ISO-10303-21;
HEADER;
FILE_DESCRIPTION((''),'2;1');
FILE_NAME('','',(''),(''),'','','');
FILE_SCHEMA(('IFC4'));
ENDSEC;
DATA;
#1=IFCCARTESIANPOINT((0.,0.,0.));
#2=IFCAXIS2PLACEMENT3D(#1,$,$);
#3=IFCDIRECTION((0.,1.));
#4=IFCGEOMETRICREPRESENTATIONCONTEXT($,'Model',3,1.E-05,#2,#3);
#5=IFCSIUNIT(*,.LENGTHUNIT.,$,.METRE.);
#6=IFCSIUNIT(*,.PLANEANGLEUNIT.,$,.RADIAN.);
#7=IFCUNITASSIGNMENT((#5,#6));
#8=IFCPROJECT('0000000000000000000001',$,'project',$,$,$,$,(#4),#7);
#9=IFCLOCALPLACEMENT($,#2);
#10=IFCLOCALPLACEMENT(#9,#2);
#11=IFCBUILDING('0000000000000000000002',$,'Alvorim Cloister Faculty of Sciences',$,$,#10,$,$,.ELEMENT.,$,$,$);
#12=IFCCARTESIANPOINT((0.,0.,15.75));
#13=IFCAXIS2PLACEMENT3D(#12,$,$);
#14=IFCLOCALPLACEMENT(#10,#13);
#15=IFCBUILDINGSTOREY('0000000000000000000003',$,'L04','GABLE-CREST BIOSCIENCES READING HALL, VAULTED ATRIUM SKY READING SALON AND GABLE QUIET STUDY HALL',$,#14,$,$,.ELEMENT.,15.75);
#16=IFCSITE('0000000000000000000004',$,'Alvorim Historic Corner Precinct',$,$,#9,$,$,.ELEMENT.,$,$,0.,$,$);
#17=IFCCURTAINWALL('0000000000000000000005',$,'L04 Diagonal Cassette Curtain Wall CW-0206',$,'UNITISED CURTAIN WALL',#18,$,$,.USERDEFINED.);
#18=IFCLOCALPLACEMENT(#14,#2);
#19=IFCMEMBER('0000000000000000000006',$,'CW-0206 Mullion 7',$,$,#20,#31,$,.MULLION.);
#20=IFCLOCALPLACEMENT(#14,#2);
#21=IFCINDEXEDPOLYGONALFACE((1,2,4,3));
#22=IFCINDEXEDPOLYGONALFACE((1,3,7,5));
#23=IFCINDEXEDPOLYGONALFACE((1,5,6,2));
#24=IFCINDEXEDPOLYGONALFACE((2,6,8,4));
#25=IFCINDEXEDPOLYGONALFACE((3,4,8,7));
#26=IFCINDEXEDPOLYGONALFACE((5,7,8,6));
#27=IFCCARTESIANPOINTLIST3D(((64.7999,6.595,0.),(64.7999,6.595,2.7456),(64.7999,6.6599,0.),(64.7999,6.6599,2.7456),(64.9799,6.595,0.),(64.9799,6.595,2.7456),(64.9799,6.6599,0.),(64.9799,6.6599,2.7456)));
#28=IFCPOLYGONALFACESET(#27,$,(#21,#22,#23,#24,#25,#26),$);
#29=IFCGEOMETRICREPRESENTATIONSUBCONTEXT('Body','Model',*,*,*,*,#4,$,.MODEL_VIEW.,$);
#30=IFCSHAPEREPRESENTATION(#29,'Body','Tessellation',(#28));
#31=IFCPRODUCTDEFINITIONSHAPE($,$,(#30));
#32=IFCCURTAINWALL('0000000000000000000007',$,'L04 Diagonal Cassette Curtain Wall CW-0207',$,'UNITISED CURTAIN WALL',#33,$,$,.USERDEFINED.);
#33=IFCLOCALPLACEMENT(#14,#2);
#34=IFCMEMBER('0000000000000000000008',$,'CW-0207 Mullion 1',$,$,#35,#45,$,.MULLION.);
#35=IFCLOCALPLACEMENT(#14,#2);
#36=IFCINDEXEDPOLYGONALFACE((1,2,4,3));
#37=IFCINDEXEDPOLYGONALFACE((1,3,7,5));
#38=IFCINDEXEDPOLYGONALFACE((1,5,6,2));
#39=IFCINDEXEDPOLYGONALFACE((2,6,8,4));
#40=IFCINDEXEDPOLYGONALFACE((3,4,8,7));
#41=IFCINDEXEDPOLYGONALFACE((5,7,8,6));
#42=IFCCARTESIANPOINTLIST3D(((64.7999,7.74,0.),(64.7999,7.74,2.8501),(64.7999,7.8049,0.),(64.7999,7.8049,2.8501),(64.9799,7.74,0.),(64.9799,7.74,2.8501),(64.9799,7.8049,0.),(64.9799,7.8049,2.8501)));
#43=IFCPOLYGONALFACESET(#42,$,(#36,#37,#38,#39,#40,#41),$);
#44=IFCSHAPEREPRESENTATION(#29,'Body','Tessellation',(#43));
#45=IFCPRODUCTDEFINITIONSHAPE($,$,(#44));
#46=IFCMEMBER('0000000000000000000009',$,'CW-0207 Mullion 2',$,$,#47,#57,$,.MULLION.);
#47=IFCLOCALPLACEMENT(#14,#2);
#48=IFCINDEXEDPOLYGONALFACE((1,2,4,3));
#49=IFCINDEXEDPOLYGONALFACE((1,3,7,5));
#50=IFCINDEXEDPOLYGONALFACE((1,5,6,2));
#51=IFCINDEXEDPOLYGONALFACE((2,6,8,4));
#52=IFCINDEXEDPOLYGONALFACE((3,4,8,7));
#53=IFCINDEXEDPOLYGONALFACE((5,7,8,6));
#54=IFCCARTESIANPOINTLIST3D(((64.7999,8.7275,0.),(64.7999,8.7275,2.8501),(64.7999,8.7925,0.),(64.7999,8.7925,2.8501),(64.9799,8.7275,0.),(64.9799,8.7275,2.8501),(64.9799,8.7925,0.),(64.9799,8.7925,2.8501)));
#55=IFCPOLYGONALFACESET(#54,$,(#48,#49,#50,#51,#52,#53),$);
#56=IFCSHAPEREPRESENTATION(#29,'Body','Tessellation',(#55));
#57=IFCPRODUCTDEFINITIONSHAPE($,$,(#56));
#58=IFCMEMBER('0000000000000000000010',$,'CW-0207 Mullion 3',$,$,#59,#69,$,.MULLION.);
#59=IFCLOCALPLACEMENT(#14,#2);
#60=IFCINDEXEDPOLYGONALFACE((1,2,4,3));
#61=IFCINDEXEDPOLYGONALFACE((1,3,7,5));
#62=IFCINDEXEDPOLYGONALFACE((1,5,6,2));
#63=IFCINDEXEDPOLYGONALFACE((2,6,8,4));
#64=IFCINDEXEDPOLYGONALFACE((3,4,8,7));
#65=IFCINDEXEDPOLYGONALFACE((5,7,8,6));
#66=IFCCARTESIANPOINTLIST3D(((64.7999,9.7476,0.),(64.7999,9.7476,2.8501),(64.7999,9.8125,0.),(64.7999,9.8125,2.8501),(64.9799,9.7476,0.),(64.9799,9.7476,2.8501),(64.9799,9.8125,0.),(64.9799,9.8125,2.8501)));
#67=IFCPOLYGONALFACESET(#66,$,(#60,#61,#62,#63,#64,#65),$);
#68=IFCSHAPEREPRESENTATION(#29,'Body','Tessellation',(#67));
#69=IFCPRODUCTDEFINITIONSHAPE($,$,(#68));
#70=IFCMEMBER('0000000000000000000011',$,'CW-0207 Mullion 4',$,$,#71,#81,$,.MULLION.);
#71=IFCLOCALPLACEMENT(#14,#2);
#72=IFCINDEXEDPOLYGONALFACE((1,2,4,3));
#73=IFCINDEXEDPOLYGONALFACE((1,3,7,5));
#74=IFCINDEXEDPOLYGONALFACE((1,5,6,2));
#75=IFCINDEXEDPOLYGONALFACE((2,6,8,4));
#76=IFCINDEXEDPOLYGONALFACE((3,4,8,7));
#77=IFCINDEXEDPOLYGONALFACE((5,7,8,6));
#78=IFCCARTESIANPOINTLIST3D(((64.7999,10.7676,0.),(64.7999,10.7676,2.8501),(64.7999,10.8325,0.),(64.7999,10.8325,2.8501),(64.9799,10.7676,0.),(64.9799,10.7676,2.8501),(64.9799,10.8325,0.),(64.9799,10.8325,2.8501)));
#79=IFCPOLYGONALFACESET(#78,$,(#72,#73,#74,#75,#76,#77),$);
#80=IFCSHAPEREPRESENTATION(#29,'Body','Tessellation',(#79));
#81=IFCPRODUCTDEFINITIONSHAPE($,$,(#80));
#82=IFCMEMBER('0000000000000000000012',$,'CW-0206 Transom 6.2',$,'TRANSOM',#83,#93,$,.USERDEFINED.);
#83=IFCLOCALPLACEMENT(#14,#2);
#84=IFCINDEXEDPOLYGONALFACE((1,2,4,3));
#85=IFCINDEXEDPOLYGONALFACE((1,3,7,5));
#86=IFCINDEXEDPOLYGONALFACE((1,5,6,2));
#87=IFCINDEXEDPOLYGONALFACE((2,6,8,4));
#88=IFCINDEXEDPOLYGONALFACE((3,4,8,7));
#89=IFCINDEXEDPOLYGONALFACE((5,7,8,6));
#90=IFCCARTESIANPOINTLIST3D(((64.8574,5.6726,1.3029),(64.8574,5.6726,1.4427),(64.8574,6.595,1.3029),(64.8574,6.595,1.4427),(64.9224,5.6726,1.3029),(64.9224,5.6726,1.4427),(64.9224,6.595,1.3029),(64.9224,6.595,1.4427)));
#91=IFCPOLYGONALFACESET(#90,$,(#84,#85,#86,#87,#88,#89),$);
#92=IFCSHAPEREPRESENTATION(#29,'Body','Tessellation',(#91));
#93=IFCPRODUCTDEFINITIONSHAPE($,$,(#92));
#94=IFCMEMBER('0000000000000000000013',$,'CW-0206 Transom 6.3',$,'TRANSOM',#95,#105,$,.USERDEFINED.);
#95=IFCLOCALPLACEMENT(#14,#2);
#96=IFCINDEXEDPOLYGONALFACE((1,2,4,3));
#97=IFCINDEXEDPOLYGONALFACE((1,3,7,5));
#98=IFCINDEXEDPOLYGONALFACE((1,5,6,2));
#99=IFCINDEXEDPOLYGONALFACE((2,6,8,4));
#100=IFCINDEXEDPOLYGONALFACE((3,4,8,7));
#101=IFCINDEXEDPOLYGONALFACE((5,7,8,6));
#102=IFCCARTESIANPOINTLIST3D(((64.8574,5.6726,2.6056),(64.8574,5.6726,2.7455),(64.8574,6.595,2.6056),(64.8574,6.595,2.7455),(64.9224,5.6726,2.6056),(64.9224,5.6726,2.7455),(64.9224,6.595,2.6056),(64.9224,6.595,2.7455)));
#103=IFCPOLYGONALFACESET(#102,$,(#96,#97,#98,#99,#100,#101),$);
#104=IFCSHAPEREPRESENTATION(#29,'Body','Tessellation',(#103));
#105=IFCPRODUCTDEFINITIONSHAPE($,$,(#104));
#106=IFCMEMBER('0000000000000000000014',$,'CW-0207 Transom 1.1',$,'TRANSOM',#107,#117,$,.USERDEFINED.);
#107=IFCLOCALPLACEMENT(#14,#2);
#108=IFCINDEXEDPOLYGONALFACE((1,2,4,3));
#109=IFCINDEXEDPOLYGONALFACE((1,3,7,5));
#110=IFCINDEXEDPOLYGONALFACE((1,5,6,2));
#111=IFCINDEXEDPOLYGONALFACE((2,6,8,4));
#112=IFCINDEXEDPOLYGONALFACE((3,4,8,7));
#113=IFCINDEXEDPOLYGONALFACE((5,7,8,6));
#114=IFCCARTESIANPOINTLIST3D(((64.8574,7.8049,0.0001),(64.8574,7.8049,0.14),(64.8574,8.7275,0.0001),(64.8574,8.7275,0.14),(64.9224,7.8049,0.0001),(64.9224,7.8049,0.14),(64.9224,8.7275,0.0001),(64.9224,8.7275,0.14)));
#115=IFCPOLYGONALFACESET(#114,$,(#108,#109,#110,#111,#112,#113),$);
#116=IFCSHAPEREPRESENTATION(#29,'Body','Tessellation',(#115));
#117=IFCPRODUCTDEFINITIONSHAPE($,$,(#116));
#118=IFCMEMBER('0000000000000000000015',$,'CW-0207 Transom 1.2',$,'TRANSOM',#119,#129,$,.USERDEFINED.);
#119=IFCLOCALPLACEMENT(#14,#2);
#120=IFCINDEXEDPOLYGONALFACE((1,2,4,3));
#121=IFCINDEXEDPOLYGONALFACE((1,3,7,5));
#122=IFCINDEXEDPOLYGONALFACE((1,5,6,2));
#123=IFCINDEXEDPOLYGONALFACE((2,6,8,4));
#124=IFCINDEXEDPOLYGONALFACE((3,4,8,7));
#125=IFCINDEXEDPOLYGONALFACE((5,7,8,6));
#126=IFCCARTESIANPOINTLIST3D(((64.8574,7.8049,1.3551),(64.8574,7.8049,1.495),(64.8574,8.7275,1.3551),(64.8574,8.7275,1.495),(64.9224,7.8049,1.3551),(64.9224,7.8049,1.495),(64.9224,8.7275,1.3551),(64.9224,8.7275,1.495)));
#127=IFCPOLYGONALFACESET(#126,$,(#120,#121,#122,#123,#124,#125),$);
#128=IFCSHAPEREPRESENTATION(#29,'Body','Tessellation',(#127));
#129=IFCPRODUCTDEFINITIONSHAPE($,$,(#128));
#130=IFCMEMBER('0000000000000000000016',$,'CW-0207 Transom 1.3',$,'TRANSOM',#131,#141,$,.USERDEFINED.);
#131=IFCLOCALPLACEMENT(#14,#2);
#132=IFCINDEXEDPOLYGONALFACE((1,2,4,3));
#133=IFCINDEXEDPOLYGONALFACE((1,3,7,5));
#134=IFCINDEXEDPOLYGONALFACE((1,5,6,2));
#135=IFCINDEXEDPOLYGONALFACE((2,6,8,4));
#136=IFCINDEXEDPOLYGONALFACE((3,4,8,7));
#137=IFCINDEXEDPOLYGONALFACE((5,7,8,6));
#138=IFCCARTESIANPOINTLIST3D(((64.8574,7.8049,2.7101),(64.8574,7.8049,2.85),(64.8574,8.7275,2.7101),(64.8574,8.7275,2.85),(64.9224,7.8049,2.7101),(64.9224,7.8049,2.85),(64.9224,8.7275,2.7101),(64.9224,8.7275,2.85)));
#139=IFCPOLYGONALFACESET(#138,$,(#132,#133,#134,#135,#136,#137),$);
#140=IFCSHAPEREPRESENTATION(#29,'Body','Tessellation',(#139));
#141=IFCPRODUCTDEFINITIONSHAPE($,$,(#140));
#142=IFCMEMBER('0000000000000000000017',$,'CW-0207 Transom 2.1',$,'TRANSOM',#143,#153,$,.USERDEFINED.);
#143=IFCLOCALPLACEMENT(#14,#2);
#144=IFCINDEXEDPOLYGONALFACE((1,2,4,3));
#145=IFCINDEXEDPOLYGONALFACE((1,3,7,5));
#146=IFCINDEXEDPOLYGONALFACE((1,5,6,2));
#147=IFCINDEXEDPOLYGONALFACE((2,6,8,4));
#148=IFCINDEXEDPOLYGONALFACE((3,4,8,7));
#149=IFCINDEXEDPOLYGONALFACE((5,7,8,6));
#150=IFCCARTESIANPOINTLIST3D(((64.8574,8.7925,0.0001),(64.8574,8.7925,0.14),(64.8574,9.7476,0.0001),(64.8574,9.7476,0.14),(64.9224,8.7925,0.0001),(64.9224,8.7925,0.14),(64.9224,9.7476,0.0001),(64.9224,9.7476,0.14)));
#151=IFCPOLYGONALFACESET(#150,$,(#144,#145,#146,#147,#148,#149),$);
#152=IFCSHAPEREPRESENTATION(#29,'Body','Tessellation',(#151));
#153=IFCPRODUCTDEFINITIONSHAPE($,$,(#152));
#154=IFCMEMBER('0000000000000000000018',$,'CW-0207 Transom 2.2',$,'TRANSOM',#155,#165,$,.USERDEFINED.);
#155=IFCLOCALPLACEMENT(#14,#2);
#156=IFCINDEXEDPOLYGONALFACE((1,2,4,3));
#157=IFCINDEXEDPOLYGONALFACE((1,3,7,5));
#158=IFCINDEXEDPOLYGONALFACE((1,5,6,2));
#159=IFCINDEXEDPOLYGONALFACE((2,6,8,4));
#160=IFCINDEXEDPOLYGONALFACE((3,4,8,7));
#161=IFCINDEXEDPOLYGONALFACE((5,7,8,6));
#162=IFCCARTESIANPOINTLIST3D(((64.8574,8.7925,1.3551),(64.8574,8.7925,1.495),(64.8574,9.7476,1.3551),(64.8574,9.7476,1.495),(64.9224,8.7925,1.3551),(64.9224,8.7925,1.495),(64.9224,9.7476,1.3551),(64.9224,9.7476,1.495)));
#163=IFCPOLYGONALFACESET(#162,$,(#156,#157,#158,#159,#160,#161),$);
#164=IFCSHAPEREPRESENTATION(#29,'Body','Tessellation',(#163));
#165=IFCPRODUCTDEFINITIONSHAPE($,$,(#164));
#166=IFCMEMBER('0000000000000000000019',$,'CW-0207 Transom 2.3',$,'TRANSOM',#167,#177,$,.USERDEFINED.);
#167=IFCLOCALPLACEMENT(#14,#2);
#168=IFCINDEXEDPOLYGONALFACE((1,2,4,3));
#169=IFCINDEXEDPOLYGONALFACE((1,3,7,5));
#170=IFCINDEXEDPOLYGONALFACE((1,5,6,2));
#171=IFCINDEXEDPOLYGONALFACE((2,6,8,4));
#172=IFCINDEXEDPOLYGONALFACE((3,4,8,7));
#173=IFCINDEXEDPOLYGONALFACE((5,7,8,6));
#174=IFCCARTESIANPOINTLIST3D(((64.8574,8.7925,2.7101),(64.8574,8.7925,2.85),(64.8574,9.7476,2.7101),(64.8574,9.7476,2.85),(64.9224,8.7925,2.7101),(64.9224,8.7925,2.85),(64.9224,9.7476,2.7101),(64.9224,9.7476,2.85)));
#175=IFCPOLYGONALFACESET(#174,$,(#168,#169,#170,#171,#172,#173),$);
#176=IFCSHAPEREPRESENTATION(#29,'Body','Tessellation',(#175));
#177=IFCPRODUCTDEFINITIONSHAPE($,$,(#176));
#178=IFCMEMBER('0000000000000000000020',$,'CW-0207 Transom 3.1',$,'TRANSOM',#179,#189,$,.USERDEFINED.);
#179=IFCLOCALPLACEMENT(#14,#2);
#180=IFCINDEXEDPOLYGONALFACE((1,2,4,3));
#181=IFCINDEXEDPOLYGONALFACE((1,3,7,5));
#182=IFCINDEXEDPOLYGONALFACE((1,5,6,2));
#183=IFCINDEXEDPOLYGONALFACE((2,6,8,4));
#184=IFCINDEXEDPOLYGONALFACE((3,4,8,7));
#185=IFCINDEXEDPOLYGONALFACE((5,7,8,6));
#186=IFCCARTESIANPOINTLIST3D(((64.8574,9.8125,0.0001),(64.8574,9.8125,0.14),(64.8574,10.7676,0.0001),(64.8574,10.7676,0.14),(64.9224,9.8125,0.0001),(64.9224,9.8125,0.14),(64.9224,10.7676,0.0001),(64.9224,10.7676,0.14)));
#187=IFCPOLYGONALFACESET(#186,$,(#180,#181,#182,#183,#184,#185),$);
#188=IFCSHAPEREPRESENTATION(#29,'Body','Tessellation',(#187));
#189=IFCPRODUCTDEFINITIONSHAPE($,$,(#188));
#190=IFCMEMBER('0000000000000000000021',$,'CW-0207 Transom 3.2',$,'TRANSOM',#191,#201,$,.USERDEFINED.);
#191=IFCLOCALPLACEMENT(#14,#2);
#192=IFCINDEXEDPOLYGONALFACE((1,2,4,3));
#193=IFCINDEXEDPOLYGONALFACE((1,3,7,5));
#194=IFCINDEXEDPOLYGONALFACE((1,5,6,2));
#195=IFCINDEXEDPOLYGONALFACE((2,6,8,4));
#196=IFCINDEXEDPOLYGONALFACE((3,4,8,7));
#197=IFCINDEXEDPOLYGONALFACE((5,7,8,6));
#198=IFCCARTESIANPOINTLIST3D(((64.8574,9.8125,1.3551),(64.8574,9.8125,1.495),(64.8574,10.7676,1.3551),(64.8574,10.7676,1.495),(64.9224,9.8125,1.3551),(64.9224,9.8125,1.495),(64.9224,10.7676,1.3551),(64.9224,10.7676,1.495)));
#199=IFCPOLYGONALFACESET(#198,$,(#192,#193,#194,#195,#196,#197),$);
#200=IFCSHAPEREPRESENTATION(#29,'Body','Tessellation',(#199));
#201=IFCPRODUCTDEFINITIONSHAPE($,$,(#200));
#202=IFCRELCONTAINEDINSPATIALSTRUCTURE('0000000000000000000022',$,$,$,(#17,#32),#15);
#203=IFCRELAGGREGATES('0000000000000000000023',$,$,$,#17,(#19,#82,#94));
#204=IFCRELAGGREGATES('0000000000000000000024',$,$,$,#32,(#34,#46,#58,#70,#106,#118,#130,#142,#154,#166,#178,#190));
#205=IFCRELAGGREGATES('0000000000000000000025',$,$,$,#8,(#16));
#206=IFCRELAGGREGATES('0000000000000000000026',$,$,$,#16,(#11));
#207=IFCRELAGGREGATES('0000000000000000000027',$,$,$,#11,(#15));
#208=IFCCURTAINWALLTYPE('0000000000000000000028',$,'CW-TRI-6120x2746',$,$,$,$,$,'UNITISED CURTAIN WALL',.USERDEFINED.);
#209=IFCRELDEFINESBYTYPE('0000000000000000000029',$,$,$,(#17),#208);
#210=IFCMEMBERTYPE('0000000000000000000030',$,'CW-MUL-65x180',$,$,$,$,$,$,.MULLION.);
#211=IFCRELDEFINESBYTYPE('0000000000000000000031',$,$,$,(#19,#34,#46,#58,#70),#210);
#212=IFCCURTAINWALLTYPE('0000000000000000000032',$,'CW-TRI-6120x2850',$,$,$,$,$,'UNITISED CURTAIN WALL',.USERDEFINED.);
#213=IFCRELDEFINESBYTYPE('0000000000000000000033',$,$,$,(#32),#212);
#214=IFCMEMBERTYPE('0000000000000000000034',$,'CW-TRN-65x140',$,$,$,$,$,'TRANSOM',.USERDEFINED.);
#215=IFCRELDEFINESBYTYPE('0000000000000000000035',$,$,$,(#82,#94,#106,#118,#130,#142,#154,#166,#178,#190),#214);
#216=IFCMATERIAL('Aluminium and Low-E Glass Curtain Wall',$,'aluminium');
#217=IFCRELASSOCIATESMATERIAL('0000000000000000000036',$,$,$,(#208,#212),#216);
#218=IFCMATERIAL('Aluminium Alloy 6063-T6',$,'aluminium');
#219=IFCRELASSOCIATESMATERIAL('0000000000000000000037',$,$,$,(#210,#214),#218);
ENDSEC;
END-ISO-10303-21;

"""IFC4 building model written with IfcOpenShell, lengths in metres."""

from ifc_helpers import new_model, si_unit, direction, frame, origin, origin_2d, place, context, subcontext, project, spatial, rectangle, extrude, material, material_profile, profile_set, type_object, element, aggregate, save


model = new_model("IFC4")

# Units and contexts
model_context = context("Model", 3, precision=1e-05, world=origin(), true_north=direction((0.0, 1.0)))
body_context = subcontext(model_context, "Body", "Model", "MODEL_VIEW")
ifc_project = project(units=[si_unit("LENGTHUNIT", "METRE"), si_unit("PLANEANGLEUNIT", "RADIAN")], contexts=[model_context])

# Site, building, storey
site_placement = place(None, origin())
site = spatial("IfcSite", under=ifc_project, at=site_placement, Name="Alvorim Historic Corner Precinct", CompositionType="ELEMENT", RefElevation=0.0)
building_placement = place(site_placement, origin())
building = spatial("IfcBuilding", under=site, at=building_placement, Name="Alvorim Cloister Faculty of Sciences", CompositionType="ELEMENT")
storey_placement = place(building_placement, frame((0.0, 0.0, 15.75)))
storey = spatial("IfcBuildingStorey", under=building, at=storey_placement, Name="L04", Description="GABLE-CREST BIOSCIENCES READING HALL, VAULTED ATRIUM SKY READING SALON AND GABLE QUIET STUDY HALL", CompositionType="ELEMENT", Elevation=15.75)

# Curtain wall, member
ifc_material_1 = material(Name="Aluminium and Low-E Glass Curtain Wall", Category="aluminium")
curtain_wall_type_1 = type_object("IfcCurtainWallType", Name="CW-TRI-6120x2746", ElementType="UNITISED CURTAIN WALL", PredefinedType="USERDEFINED", material=ifc_material_1)
curtain_wall_1_placement = place(storey_placement, origin())
curtain_wall_1 = element("IfcCurtainWall", 1, at=curtain_wall_1_placement, inside=storey, type_object=curtain_wall_type_1, Name="L04 Diagonal Cassette Curtain Wall CW-0206", ObjectType="UNITISED CURTAIN WALL", PredefinedType="USERDEFINED")
ifc_material_2 = material(Name="Aluminium Alloy 6063-T6", Category="aluminium")
ifc_material_profile_1 = material_profile(ifc_material_2, rectangle(XDim=0.0649, YDim=0.1799, at=origin_2d()), Name="ALU-MUL-65x180")
ifc_profile_set_1 = profile_set([ifc_material_profile_1], Name="Aluminium Alloy 6063-T6")
member_type_1 = type_object("IfcMemberType", Name="CW-MUL-65x180", PredefinedType="MULLION", material=ifc_profile_set_1)
member_1_placement = place(storey_placement, frame((64.8899, 6.6274, 0.0), z_axis=(0.0, 0.0, 1.0), x_axis=(0.0, 1.0, 0.0)))
member_1 = element("IfcMember", 2, at=member_1_placement, type_object=member_type_1, Name="CW-0206 Mullion 7", PredefinedType="MULLION", context=body_context, shape_type="SweptSolid", body=[
    extrude(rectangle(XDim=0.0649, YDim=0.1799, at=origin_2d()), origin(), (0.0, 0.0, 1.0), 2.7456),
])

# Curtain wall, members
curtain_wall_type_2 = type_object("IfcCurtainWallType", Name="CW-TRI-6120x2850", ElementType="UNITISED CURTAIN WALL", PredefinedType="USERDEFINED", material=ifc_material_1)
curtain_wall_2_placement = place(storey_placement, origin())
curtain_wall_2 = element("IfcCurtainWall", 3, at=curtain_wall_2_placement, inside=storey, type_object=curtain_wall_type_2, Name="L04 Diagonal Cassette Curtain Wall CW-0207", ObjectType="UNITISED CURTAIN WALL", PredefinedType="USERDEFINED")
member_2_placement = place(storey_placement, frame((64.8899, 7.7725, 0.0), z_axis=(0.0, 0.0, 1.0), x_axis=(0.0, 1.0, 0.0)))
member_2 = element("IfcMember", 4, at=member_2_placement, type_object=member_type_1, Name="CW-0207 Mullion 1", PredefinedType="MULLION", context=body_context, shape_type="SweptSolid", body=[
    extrude(rectangle(XDim=0.0649, YDim=0.1799, at=origin_2d()), origin(), (0.0, 0.0, 1.0), 2.8501),
])
member_3_placement = place(storey_placement, frame((64.8899, 8.76, 0.0), z_axis=(0.0, 0.0, 1.0), x_axis=(0.0, 1.0, 0.0)))
member_3 = element("IfcMember", 5, at=member_3_placement, type_object=member_type_1, Name="CW-0207 Mullion 2", PredefinedType="MULLION", context=body_context, shape_type="SweptSolid", body=[
    extrude(rectangle(XDim=0.0649, YDim=0.1799, at=origin_2d()), origin(), (0.0, 0.0, 1.0), 2.8501),
])
member_4_placement = place(storey_placement, frame((64.8899, 9.78, 0.0), z_axis=(0.0, 0.0, 1.0), x_axis=(0.0, 1.0, 0.0)))
member_4 = element("IfcMember", 6, at=member_4_placement, type_object=member_type_1, Name="CW-0207 Mullion 3", PredefinedType="MULLION", context=body_context, shape_type="SweptSolid", body=[
    extrude(rectangle(XDim=0.0649, YDim=0.1799, at=origin_2d()), origin(), (0.0, 0.0, 1.0), 2.8501),
])
member_5_placement = place(storey_placement, frame((64.8899, 10.8, 0.0), z_axis=(0.0, 0.0, 1.0), x_axis=(0.0, 1.0, 0.0)))
member_5 = element("IfcMember", 7, at=member_5_placement, type_object=member_type_1, Name="CW-0207 Mullion 4", PredefinedType="MULLION", context=body_context, shape_type="SweptSolid", body=[
    extrude(rectangle(XDim=0.0649, YDim=0.1799, at=origin_2d()), origin(), (0.0, 0.0, 1.0), 2.8501),
])

# Members
ifc_material_profile_2 = material_profile(ifc_material_2, rectangle(XDim=0.0649, YDim=0.1399, at=origin_2d()), Name="ALU-TRN-65x140")
ifc_profile_set_2 = profile_set([ifc_material_profile_2], Name="Aluminium Alloy 6063-T6")
member_type_2 = type_object("IfcMemberType", Name="CW-TRN-65x140", ElementType="TRANSOM", PredefinedType="USERDEFINED", material=ifc_profile_set_2)
member_6_placement = place(storey_placement, frame((64.8899, 5.6726, 1.3728), z_axis=(0.0, 1.0, 0.0), x_axis=(-1.0, 0.0, 0.0)))
member_6 = element("IfcMember", 8, at=member_6_placement, type_object=member_type_2, Name="CW-0206 Transom 6.2", ObjectType="TRANSOM", PredefinedType="USERDEFINED", context=body_context, shape_type="SweptSolid", body=[
    extrude(rectangle(XDim=0.0649, YDim=0.1399, at=origin_2d()), origin(), (0.0, 0.0, 1.0), 0.9224),
])
member_7_placement = place(storey_placement, frame((64.8899, 5.6726, 2.6755), z_axis=(0.0, 1.0, 0.0), x_axis=(-1.0, 0.0, 0.0)))
member_7 = element("IfcMember", 9, at=member_7_placement, type_object=member_type_2, Name="CW-0206 Transom 6.3", ObjectType="TRANSOM", PredefinedType="USERDEFINED", context=body_context, shape_type="SweptSolid", body=[
    extrude(rectangle(XDim=0.0649, YDim=0.1399, at=origin_2d()), origin(), (0.0, 0.0, 1.0), 0.9224),
])
aggregate(curtain_wall_1, [member_1, member_6, member_7])
member_8_placement = place(storey_placement, frame((64.8899, 7.8049, 0.0701), z_axis=(0.0, 1.0, 0.0), x_axis=(-1.0, 0.0, 0.0)))
member_8 = element("IfcMember", 10, at=member_8_placement, type_object=member_type_2, Name="CW-0207 Transom 1.1", ObjectType="TRANSOM", PredefinedType="USERDEFINED", context=body_context, shape_type="SweptSolid", body=[
    extrude(rectangle(XDim=0.0649, YDim=0.1399, at=origin_2d()), origin(), (0.0, 0.0, 1.0), 0.9226),
])
member_9_placement = place(storey_placement, frame((64.8899, 7.8049, 1.425), z_axis=(0.0, 1.0, 0.0), x_axis=(-1.0, 0.0, 0.0)))
member_9 = element("IfcMember", 11, at=member_9_placement, type_object=member_type_2, Name="CW-0207 Transom 1.2", ObjectType="TRANSOM", PredefinedType="USERDEFINED", context=body_context, shape_type="SweptSolid", body=[
    extrude(rectangle(XDim=0.0649, YDim=0.1399, at=origin_2d()), origin(), (0.0, 0.0, 1.0), 0.9226),
])
member_10_placement = place(storey_placement, frame((64.8899, 7.8049, 2.78), z_axis=(0.0, 1.0, 0.0), x_axis=(-1.0, 0.0, 0.0)))
member_10 = element("IfcMember", 12, at=member_10_placement, type_object=member_type_2, Name="CW-0207 Transom 1.3", ObjectType="TRANSOM", PredefinedType="USERDEFINED", context=body_context, shape_type="SweptSolid", body=[
    extrude(rectangle(XDim=0.0649, YDim=0.1399, at=origin_2d()), origin(), (0.0, 0.0, 1.0), 0.9226),
])
member_11_placement = place(storey_placement, frame((64.8899, 8.7925, 0.0701), z_axis=(0.0, 1.0, 0.0), x_axis=(-1.0, 0.0, 0.0)))
member_11 = element("IfcMember", 13, at=member_11_placement, type_object=member_type_2, Name="CW-0207 Transom 2.1", ObjectType="TRANSOM", PredefinedType="USERDEFINED", context=body_context, shape_type="SweptSolid", body=[
    extrude(rectangle(XDim=0.0649, YDim=0.1399, at=origin_2d()), origin(), (0.0, 0.0, 1.0), 0.9551),
])
member_12_placement = place(storey_placement, frame((64.8899, 8.7925, 1.425), z_axis=(0.0, 1.0, 0.0), x_axis=(-1.0, 0.0, 0.0)))
member_12 = element("IfcMember", 14, at=member_12_placement, type_object=member_type_2, Name="CW-0207 Transom 2.2", ObjectType="TRANSOM", PredefinedType="USERDEFINED", context=body_context, shape_type="SweptSolid", body=[
    extrude(rectangle(XDim=0.0649, YDim=0.1399, at=origin_2d()), origin(), (0.0, 0.0, 1.0), 0.9551),
])
member_13_placement = place(storey_placement, frame((64.8899, 8.7925, 2.78), z_axis=(0.0, 1.0, 0.0), x_axis=(-1.0, 0.0, 0.0)))
member_13 = element("IfcMember", 15, at=member_13_placement, type_object=member_type_2, Name="CW-0207 Transom 2.3", ObjectType="TRANSOM", PredefinedType="USERDEFINED", context=body_context, shape_type="SweptSolid", body=[
    extrude(rectangle(XDim=0.0649, YDim=0.1399, at=origin_2d()), origin(), (0.0, 0.0, 1.0), 0.9551),
])
member_14_placement = place(storey_placement, frame((64.8899, 9.8125, 0.0701), z_axis=(0.0, 1.0, 0.0), x_axis=(-1.0, 0.0, 0.0)))
member_14 = element("IfcMember", 16, at=member_14_placement, type_object=member_type_2, Name="CW-0207 Transom 3.1", ObjectType="TRANSOM", PredefinedType="USERDEFINED", context=body_context, shape_type="SweptSolid", body=[
    extrude(rectangle(XDim=0.0649, YDim=0.1399, at=origin_2d()), origin(), (0.0, 0.0, 1.0), 0.9551),
])
member_15_placement = place(storey_placement, frame((64.8899, 9.8125, 1.425), z_axis=(0.0, 1.0, 0.0), x_axis=(-1.0, 0.0, 0.0)))
member_15 = element("IfcMember", 17, at=member_15_placement, type_object=member_type_2, Name="CW-0207 Transom 3.2", ObjectType="TRANSOM", PredefinedType="USERDEFINED", context=body_context, shape_type="SweptSolid", body=[
    extrude(rectangle(XDim=0.0649, YDim=0.1399, at=origin_2d()), origin(), (0.0, 0.0, 1.0), 0.9551),
])
aggregate(curtain_wall_2, [member_2, member_3, member_4, member_5, member_8, member_9, member_10, member_11, member_12, member_13, member_14, member_15])

save(model, "model.ifc")
